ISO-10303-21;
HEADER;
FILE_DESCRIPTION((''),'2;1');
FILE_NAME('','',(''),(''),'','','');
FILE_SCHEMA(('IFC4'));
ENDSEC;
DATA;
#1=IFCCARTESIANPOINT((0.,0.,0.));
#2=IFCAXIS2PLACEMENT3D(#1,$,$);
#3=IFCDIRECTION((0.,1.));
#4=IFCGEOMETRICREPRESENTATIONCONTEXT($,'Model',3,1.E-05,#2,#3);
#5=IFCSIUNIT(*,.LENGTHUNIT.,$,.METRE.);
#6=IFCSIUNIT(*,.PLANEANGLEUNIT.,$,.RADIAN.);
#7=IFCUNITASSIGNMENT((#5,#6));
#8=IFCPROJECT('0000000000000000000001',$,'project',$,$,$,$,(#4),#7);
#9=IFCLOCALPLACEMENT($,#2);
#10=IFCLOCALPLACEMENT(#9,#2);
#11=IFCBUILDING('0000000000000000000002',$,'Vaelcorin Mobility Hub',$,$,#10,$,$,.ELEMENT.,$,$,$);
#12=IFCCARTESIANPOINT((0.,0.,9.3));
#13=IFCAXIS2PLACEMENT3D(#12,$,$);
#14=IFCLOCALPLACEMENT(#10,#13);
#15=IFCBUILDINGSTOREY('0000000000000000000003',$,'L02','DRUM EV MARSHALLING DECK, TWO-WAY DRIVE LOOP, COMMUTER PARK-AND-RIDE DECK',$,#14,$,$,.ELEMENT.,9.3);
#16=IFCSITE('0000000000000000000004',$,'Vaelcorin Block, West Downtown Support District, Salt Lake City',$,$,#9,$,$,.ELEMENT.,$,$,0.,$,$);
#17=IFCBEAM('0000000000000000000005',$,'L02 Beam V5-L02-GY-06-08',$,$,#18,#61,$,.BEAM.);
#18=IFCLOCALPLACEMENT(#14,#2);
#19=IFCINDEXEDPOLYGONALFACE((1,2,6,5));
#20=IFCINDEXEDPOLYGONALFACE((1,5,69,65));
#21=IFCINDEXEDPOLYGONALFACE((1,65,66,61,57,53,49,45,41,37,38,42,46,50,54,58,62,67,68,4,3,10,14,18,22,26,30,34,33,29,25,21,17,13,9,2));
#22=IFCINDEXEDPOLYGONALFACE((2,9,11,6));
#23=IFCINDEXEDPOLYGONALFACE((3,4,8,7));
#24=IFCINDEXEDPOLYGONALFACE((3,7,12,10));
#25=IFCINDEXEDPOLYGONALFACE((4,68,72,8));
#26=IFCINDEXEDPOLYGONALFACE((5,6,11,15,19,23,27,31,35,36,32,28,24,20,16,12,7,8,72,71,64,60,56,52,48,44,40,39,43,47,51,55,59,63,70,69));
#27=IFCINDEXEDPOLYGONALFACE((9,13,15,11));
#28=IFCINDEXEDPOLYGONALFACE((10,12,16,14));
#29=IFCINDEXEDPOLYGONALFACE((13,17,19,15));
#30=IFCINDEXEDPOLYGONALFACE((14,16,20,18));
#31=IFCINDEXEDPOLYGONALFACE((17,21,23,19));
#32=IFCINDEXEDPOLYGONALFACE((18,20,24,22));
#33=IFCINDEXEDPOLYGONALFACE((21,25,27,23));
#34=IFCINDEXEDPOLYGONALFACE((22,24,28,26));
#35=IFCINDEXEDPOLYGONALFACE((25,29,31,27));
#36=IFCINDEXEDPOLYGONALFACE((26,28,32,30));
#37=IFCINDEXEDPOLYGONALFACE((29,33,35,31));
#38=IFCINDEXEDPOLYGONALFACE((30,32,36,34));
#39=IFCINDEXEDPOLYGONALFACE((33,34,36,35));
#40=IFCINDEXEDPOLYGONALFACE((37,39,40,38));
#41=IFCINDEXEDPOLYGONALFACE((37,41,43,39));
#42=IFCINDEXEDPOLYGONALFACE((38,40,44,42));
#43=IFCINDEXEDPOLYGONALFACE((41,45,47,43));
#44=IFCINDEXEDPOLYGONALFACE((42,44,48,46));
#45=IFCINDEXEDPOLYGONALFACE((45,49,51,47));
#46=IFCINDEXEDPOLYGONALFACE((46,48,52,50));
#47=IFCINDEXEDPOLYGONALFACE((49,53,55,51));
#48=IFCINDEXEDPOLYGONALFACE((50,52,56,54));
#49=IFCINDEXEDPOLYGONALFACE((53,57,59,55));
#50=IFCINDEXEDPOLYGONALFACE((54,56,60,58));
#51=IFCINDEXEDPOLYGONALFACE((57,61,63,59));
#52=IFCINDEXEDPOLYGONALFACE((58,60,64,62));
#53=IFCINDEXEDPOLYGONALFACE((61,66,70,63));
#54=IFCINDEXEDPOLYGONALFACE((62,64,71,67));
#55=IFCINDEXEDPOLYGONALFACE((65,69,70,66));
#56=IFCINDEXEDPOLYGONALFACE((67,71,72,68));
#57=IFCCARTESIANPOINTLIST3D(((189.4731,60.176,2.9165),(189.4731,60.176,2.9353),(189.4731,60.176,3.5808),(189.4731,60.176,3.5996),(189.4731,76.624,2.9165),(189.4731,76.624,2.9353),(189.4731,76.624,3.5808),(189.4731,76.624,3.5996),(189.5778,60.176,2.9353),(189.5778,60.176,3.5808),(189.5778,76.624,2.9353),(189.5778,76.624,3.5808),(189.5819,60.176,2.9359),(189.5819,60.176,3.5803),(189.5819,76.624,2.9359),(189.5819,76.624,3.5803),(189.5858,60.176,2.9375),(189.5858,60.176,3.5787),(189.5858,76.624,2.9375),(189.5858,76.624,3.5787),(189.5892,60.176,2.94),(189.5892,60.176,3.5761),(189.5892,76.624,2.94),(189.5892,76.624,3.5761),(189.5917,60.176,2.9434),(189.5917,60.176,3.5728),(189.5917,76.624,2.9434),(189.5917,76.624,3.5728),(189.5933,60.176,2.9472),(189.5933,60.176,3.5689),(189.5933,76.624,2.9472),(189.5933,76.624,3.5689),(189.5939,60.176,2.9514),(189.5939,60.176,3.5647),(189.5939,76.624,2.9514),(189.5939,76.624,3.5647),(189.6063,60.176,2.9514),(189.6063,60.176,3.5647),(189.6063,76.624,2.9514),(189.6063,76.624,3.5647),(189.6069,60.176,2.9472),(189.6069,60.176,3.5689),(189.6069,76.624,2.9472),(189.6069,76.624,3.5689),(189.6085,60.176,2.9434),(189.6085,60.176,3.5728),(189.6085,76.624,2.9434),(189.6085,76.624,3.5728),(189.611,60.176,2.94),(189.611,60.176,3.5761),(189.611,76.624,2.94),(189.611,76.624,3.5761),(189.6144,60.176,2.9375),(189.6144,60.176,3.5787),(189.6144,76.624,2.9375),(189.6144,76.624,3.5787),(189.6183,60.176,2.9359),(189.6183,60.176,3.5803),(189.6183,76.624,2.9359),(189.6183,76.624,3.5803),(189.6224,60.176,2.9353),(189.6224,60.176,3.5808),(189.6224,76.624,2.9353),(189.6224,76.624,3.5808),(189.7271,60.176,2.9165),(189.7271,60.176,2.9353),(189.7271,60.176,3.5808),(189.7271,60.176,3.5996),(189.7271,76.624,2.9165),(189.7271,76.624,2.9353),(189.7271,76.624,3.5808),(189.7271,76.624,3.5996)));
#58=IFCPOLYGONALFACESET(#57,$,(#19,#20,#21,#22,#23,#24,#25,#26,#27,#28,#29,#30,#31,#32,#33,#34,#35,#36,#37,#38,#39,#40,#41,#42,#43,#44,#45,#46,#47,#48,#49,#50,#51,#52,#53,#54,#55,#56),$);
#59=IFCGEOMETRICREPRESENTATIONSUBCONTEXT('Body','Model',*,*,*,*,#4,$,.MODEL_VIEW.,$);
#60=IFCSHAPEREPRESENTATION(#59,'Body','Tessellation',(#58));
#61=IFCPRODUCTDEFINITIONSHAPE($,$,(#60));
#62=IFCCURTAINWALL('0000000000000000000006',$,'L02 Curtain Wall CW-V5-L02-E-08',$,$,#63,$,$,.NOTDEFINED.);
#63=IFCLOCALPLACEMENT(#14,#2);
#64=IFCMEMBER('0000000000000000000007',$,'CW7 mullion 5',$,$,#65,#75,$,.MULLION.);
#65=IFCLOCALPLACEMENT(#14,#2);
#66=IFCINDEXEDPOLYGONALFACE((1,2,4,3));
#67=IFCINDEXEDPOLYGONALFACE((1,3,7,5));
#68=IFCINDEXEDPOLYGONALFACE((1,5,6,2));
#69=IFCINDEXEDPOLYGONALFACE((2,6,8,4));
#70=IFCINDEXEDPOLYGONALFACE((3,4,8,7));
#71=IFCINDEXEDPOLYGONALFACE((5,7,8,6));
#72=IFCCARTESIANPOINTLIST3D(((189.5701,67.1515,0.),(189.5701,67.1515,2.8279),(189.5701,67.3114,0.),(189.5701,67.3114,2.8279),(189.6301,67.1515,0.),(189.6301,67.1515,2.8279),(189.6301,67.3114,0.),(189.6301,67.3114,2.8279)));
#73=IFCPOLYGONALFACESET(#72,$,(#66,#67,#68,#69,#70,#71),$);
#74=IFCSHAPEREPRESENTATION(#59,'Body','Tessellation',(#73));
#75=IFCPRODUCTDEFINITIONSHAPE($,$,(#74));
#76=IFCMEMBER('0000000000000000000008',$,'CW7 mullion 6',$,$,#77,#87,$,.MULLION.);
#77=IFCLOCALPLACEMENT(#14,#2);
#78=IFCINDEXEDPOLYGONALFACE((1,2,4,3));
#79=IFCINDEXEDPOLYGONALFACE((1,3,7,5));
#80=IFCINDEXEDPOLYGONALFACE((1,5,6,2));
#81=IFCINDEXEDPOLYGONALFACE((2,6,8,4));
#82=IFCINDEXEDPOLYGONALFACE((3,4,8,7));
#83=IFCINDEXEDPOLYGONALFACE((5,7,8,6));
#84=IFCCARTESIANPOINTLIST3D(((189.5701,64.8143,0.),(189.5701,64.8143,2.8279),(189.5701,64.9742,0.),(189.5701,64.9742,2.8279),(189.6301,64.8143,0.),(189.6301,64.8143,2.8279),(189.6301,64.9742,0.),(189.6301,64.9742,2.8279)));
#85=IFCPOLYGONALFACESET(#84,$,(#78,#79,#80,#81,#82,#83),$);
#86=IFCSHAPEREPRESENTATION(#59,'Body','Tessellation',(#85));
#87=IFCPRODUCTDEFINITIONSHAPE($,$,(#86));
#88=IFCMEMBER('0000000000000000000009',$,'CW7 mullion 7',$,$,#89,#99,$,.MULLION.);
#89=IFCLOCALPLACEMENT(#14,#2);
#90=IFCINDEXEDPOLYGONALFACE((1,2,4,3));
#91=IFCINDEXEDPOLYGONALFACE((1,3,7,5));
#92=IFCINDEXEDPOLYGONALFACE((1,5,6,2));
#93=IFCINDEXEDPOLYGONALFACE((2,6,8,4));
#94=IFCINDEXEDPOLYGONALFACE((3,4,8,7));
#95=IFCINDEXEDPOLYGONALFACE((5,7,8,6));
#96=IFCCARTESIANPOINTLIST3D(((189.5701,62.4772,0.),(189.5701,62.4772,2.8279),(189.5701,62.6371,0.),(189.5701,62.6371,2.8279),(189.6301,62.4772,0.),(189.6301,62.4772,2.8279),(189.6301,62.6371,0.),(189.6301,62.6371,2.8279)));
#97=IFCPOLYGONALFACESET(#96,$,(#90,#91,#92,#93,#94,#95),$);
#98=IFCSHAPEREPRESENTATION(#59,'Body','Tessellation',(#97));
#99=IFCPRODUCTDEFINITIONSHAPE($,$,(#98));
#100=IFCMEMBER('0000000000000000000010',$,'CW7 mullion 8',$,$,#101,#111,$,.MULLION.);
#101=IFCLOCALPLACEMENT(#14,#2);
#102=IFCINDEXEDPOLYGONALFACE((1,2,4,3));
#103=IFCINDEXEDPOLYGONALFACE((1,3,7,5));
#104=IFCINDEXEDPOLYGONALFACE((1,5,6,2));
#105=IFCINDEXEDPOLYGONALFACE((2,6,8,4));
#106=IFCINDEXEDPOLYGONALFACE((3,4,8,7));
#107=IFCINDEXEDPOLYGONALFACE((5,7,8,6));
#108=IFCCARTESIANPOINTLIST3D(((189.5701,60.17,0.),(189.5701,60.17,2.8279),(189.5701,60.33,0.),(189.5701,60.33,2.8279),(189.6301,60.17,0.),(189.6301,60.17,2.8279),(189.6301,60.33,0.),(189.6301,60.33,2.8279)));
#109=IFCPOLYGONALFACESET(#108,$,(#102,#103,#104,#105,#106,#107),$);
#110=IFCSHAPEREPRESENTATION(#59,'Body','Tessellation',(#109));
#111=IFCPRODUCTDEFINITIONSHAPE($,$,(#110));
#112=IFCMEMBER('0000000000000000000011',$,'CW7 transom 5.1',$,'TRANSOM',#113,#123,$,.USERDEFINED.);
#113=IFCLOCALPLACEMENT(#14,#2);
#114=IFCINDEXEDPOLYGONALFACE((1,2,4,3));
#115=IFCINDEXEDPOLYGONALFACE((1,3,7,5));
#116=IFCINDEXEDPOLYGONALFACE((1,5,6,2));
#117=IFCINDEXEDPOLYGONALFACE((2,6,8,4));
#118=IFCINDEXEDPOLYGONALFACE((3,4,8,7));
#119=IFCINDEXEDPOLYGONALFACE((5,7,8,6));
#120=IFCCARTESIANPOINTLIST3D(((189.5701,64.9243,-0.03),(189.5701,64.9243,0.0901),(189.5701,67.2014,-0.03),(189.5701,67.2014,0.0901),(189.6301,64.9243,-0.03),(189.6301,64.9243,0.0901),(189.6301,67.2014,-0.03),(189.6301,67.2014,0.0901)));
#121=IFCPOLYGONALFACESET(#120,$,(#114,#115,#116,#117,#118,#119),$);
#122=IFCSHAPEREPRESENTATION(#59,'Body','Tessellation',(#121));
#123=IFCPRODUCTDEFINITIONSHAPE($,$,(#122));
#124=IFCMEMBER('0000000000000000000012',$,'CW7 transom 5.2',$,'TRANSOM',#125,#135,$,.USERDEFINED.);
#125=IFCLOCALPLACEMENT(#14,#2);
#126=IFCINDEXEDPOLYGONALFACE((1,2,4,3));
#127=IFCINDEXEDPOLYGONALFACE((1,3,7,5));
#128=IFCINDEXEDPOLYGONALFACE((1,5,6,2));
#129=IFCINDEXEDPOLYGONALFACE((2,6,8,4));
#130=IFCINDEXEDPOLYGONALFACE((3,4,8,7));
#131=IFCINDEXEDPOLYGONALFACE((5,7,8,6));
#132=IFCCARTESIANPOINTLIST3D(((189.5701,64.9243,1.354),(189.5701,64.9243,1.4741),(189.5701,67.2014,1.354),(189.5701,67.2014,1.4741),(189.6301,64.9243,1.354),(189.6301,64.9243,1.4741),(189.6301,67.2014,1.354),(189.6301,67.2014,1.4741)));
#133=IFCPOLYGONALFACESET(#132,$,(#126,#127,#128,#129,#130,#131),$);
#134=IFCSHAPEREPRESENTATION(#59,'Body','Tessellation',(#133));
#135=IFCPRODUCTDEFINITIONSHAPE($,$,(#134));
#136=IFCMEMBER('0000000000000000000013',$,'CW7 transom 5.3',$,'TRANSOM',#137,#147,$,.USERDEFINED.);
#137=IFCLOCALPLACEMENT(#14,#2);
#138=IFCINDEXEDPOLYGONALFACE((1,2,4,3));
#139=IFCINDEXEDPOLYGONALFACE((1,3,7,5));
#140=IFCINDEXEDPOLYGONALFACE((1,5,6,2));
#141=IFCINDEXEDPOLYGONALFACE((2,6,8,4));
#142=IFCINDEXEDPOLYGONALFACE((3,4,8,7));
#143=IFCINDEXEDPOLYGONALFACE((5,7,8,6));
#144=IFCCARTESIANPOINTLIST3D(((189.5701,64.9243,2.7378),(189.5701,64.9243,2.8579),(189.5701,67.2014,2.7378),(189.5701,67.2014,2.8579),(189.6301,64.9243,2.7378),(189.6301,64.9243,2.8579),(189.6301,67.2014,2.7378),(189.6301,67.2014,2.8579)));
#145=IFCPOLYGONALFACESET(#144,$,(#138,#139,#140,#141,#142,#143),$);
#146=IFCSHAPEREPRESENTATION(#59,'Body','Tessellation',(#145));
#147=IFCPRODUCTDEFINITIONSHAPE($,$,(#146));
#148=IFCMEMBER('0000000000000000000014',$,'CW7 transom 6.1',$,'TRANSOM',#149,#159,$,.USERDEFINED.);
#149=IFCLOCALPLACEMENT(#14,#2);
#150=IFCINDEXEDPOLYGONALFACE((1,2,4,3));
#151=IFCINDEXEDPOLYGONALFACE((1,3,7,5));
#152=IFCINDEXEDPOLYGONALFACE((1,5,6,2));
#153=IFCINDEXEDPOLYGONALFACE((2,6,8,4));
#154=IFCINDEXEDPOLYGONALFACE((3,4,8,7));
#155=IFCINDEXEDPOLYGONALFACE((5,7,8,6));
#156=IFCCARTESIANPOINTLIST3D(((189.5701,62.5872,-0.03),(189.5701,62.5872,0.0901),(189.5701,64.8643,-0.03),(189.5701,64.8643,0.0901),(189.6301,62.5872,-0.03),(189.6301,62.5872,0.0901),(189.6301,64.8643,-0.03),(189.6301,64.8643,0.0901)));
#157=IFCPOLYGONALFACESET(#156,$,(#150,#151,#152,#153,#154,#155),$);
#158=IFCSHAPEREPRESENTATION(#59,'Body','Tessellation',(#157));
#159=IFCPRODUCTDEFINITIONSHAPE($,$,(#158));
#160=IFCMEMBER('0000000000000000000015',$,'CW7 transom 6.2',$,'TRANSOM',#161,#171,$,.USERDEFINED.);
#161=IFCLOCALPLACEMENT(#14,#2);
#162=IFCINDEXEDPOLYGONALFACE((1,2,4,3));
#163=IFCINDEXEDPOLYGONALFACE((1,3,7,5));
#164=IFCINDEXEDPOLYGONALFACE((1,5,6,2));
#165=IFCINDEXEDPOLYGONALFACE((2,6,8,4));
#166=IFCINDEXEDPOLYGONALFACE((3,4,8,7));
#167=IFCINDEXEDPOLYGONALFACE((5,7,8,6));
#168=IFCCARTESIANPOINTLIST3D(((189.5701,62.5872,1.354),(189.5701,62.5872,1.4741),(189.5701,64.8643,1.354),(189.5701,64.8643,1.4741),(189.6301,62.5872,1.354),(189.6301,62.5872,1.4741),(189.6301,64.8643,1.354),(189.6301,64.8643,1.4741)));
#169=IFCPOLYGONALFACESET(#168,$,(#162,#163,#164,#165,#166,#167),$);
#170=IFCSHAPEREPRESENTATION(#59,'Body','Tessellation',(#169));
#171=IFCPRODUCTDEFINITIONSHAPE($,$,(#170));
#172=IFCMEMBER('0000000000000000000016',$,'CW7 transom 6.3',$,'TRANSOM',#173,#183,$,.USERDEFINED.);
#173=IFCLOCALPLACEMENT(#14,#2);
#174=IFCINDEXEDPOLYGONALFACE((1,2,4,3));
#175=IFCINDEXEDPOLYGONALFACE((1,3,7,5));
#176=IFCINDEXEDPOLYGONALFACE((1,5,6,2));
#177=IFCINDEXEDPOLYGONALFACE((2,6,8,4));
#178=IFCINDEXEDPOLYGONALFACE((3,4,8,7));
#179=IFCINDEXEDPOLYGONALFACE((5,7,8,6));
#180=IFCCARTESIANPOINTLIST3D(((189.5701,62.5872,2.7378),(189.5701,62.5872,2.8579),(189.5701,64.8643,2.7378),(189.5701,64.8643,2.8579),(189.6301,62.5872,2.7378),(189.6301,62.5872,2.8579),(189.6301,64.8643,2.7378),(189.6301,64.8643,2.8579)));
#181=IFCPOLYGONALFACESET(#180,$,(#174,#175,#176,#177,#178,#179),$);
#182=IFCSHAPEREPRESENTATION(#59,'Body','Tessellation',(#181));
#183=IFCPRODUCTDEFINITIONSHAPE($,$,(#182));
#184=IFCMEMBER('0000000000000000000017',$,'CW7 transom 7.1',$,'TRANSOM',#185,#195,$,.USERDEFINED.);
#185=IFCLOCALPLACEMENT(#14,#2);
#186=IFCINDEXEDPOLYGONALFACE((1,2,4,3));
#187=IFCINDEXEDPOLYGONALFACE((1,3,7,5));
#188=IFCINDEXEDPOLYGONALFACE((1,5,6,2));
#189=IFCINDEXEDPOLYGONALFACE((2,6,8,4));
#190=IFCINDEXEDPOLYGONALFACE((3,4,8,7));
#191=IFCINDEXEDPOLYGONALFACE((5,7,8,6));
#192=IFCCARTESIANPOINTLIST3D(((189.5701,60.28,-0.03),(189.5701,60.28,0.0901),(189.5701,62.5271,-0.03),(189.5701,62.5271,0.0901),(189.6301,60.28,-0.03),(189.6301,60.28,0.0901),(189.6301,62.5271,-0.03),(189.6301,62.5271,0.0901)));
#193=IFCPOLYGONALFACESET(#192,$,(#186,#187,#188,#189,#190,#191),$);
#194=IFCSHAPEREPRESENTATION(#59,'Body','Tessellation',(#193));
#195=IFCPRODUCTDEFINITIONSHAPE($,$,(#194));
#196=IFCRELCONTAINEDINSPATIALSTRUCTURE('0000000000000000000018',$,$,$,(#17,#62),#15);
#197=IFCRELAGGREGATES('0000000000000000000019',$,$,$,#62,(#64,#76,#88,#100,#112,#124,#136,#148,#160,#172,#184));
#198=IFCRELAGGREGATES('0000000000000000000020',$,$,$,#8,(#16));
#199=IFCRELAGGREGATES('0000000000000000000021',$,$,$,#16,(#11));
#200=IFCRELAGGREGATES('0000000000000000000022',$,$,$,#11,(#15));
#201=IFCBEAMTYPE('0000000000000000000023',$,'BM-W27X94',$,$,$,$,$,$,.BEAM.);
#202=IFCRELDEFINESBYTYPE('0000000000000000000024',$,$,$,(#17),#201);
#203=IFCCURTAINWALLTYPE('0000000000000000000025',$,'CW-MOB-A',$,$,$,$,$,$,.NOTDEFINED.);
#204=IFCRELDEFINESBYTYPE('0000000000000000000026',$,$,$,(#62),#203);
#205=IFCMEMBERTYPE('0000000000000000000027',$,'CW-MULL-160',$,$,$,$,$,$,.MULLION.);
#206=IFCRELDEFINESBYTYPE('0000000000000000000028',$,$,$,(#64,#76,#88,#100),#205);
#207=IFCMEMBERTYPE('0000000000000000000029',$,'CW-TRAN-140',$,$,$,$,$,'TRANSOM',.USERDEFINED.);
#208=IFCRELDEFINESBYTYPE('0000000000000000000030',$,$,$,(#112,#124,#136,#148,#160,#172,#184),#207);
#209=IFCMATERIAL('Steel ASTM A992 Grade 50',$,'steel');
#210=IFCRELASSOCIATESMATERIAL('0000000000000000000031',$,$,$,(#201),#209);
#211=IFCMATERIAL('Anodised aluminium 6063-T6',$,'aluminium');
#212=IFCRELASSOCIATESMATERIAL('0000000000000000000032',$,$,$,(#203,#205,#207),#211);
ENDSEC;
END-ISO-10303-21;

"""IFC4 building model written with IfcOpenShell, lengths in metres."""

from ifc_helpers import new_model, si_unit, direction, frame, origin, origin_2d, place, context, subcontext, project, spatial, rectangle, i_section, extrude, material, material_profile, profile_set, type_object, element, aggregate, save


model = new_model("IFC4")

# Units and contexts
model_context = context("Model", 3, precision=1e-05, world=origin(), true_north=direction((0.0, 1.0)))
body_context = subcontext(model_context, "Body", "Model", "MODEL_VIEW")
ifc_project = project(units=[si_unit("LENGTHUNIT", "METRE"), si_unit("PLANEANGLEUNIT", "RADIAN")], contexts=[model_context])

# Site, building, storey
site_placement = place(None, origin())
site = spatial("IfcSite", under=ifc_project, at=site_placement, Name="Vaelcorin Block, West Downtown Support District, Salt Lake City", CompositionType="ELEMENT", RefElevation=0.0)
building_placement = place(site_placement, origin())
building = spatial("IfcBuilding", under=site, at=building_placement, Name="Vaelcorin Mobility Hub", CompositionType="ELEMENT")
storey_placement = place(building_placement, frame((0.0, 0.0, 9.3)))
storey = spatial("IfcBuildingStorey", under=building, at=storey_placement, Name="L02", Description="DRUM EV MARSHALLING DECK, TWO-WAY DRIVE LOOP, COMMUTER PARK-AND-RIDE DECK", CompositionType="ELEMENT", Elevation=9.3)

# Shared definitions
ifc_material_1 = material(Name="Steel ASTM A992 Grade 50", Category="steel")

# Beam
ifc_material_profile_1 = material_profile(ifc_material_1, i_section(OverallWidth=0.2539, OverallDepth=0.6831, WebThickness=0.0125, FlangeThickness=0.0188, FilletRadius=0.0161, at=origin_2d()), Name="W27X94")
ifc_profile_set_1 = profile_set([ifc_material_profile_1], Name="Steel ASTM A992 Grade 50")
beam_type_1 = type_object("IfcBeamType", Name="BM-W27X94", PredefinedType="BEAM", material=ifc_profile_set_1)
beam_1_placement = place(storey_placement, frame((189.6001, 60.176, 3.2581), z_axis=(0.0, 1.0, 0.0), x_axis=(-1.0, 0.0, 0.0)))
element("IfcBeam", 1, at=beam_1_placement, inside=storey, type_object=beam_type_1, Name="L02 Beam V5-L02-GY-06-08", PredefinedType="BEAM", context=body_context, shape_type="SweptSolid", body=[
    extrude(i_section(OverallWidth=0.2539, OverallDepth=0.6831, WebThickness=0.0125, FlangeThickness=0.0188, FilletRadius=0.0161, at=origin_2d()), origin(), (0.0, 0.0, 1.0), 16.448),
])

# Curtain wall, members
ifc_material_2 = material(Name="Anodised aluminium 6063-T6", Category="aluminium")
curtain_wall_type = type_object("IfcCurtainWallType", Name="CW-MOB-A", PredefinedType="NOTDEFINED", material=ifc_material_2)
curtain_wall_placement = place(storey_placement, origin())
curtain_wall = element("IfcCurtainWall", 2, at=curtain_wall_placement, inside=storey, type_object=curtain_wall_type, Name="L02 Curtain Wall CW-V5-L02-E-08", PredefinedType="NOTDEFINED")
ifc_material_profile_2 = material_profile(ifc_material_2, rectangle(XDim=0.0601, YDim=0.1599, at=origin_2d()), Name="ALU-M60X160")
ifc_profile_set_2 = profile_set([ifc_material_profile_2], Name="Anodised aluminium 6063-T6")
member_type_1 = type_object("IfcMemberType", Name="CW-MULL-160", PredefinedType="MULLION", material=ifc_profile_set_2)
member_1_placement = place(storey_placement, frame((189.6001, 67.2314, 0.0), z_axis=(0.0, 0.0, 1.0), x_axis=(1.0, 0.0, 0.0)))
member_1 = element("IfcMember", 3, at=member_1_placement, type_object=member_type_1, Name="CW7 mullion 5", PredefinedType="MULLION", context=body_context, shape_type="SweptSolid", body=[
    extrude(rectangle(XDim=0.0601, YDim=0.1599, at=origin_2d()), origin(), (0.0, 0.0, 1.0), 2.8279),
])
member_2_placement = place(storey_placement, frame((189.6001, 64.8943, 0.0), z_axis=(0.0, 0.0, 1.0), x_axis=(1.0, 0.0, 0.0)))
member_2 = element("IfcMember", 4, at=member_2_placement, type_object=member_type_1, Name="CW7 mullion 6", PredefinedType="MULLION", context=body_context, shape_type="SweptSolid", body=[
    extrude(rectangle(XDim=0.0601, YDim=0.1599, at=origin_2d()), origin(), (0.0, 0.0, 1.0), 2.8279),
])
member_3_placement = place(storey_placement, frame((189.6001, 62.5571, 0.0), z_axis=(0.0, 0.0, 1.0), x_axis=(1.0, 0.0, 0.0)))
member_3 = element("IfcMember", 5, at=member_3_placement, type_object=member_type_1, Name="CW7 mullion 7", PredefinedType="MULLION", context=body_context, shape_type="SweptSolid", body=[
    extrude(rectangle(XDim=0.0601, YDim=0.1599, at=origin_2d()), origin(), (0.0, 0.0, 1.0), 2.8279),
])
member_4_placement = place(storey_placement, frame((189.6001, 60.25, 0.0), z_axis=(0.0, 0.0, 1.0), x_axis=(1.0, 0.0, 0.0)))
member_4 = element("IfcMember", 6, at=member_4_placement, type_object=member_type_1, Name="CW7 mullion 8", PredefinedType="MULLION", context=body_context, shape_type="SweptSolid", body=[
    extrude(rectangle(XDim=0.0601, YDim=0.1599, at=origin_2d()), origin(), (0.0, 0.0, 1.0), 2.8279),
])
ifc_material_profile_3 = material_profile(ifc_material_2, rectangle(XDim=0.0601, YDim=0.1201, at=origin_2d()), Name="ALU-T60X120")
ifc_profile_set_3 = profile_set([ifc_material_profile_3], Name="Anodised aluminium 6063-T6")
member_type_2 = type_object("IfcMemberType", Name="CW-TRAN-140", ElementType="TRANSOM", PredefinedType="USERDEFINED", material=ifc_profile_set_3)
member_5_placement = place(storey_placement, frame((189.6001, 67.2014, 0.03), z_axis=(0.0, -1.0, 0.0), x_axis=(1.0, 0.0, 0.0)))
member_5 = element("IfcMember", 7, at=member_5_placement, type_object=member_type_2, Name="CW7 transom 5.1", ObjectType="TRANSOM", PredefinedType="USERDEFINED", context=body_context, shape_type="SweptSolid", body=[
    extrude(rectangle(XDim=0.0601, YDim=0.1201, at=origin_2d()), origin(), (0.0, 0.0, 1.0), 2.2771),
])
member_6_placement = place(storey_placement, frame((189.6001, 67.2014, 1.4141), z_axis=(0.0, -1.0, 0.0), x_axis=(1.0, 0.0, 0.0)))
member_6 = element("IfcMember", 8, at=member_6_placement, type_object=member_type_2, Name="CW7 transom 5.2", ObjectType="TRANSOM", PredefinedType="USERDEFINED", context=body_context, shape_type="SweptSolid", body=[
    extrude(rectangle(XDim=0.0601, YDim=0.1201, at=origin_2d()), origin(), (0.0, 0.0, 1.0), 2.2771),
])
member_7_placement = place(storey_placement, frame((189.6001, 67.2014, 2.7979), z_axis=(0.0, -1.0, 0.0), x_axis=(1.0, 0.0, 0.0)))
member_7 = element("IfcMember", 9, at=member_7_placement, type_object=member_type_2, Name="CW7 transom 5.3", ObjectType="TRANSOM", PredefinedType="USERDEFINED", context=body_context, shape_type="SweptSolid", body=[
    extrude(rectangle(XDim=0.0601, YDim=0.1201, at=origin_2d()), origin(), (0.0, 0.0, 1.0), 2.2771),
])
member_8_placement = place(storey_placement, frame((189.6001, 64.8643, 0.03), z_axis=(0.0, -1.0, 0.0), x_axis=(1.0, 0.0, 0.0)))
member_8 = element("IfcMember", 10, at=member_8_placement, type_object=member_type_2, Name="CW7 transom 6.1", ObjectType="TRANSOM", PredefinedType="USERDEFINED", context=body_context, shape_type="SweptSolid", body=[
    extrude(rectangle(XDim=0.0601, YDim=0.1201, at=origin_2d()), origin(), (0.0, 0.0, 1.0), 2.2771),
])
member_9_placement = place(storey_placement, frame((189.6001, 64.8643, 1.4141), z_axis=(0.0, -1.0, 0.0), x_axis=(1.0, 0.0, 0.0)))
member_9 = element("IfcMember", 11, at=member_9_placement, type_object=member_type_2, Name="CW7 transom 6.2", ObjectType="TRANSOM", PredefinedType="USERDEFINED", context=body_context, shape_type="SweptSolid", body=[
    extrude(rectangle(XDim=0.0601, YDim=0.1201, at=origin_2d()), origin(), (0.0, 0.0, 1.0), 2.2771),
])
member_10_placement = place(storey_placement, frame((189.6001, 64.8643, 2.7979), z_axis=(0.0, -1.0, 0.0), x_axis=(1.0, 0.0, 0.0)))
member_10 = element("IfcMember", 12, at=member_10_placement, type_object=member_type_2, Name="CW7 transom 6.3", ObjectType="TRANSOM", PredefinedType="USERDEFINED", context=body_context, shape_type="SweptSolid", body=[
    extrude(rectangle(XDim=0.0601, YDim=0.1201, at=origin_2d()), origin(), (0.0, 0.0, 1.0), 2.2771),
])
member_11_placement = place(storey_placement, frame((189.6001, 62.5271, 0.03), z_axis=(0.0, -1.0, 0.0), x_axis=(1.0, 0.0, 0.0)))
member_11 = element("IfcMember", 13, at=member_11_placement, type_object=member_type_2, Name="CW7 transom 7.1", ObjectType="TRANSOM", PredefinedType="USERDEFINED", context=body_context, shape_type="SweptSolid", body=[
    extrude(rectangle(XDim=0.0601, YDim=0.1201, at=origin_2d()), origin(), (0.0, 0.0, 1.0), 2.2471),
])
aggregate(curtain_wall, [member_1, member_2, member_3, member_4, member_5, member_6, member_7, member_8, member_9, member_10, member_11])

save(model, "model.ifc")
